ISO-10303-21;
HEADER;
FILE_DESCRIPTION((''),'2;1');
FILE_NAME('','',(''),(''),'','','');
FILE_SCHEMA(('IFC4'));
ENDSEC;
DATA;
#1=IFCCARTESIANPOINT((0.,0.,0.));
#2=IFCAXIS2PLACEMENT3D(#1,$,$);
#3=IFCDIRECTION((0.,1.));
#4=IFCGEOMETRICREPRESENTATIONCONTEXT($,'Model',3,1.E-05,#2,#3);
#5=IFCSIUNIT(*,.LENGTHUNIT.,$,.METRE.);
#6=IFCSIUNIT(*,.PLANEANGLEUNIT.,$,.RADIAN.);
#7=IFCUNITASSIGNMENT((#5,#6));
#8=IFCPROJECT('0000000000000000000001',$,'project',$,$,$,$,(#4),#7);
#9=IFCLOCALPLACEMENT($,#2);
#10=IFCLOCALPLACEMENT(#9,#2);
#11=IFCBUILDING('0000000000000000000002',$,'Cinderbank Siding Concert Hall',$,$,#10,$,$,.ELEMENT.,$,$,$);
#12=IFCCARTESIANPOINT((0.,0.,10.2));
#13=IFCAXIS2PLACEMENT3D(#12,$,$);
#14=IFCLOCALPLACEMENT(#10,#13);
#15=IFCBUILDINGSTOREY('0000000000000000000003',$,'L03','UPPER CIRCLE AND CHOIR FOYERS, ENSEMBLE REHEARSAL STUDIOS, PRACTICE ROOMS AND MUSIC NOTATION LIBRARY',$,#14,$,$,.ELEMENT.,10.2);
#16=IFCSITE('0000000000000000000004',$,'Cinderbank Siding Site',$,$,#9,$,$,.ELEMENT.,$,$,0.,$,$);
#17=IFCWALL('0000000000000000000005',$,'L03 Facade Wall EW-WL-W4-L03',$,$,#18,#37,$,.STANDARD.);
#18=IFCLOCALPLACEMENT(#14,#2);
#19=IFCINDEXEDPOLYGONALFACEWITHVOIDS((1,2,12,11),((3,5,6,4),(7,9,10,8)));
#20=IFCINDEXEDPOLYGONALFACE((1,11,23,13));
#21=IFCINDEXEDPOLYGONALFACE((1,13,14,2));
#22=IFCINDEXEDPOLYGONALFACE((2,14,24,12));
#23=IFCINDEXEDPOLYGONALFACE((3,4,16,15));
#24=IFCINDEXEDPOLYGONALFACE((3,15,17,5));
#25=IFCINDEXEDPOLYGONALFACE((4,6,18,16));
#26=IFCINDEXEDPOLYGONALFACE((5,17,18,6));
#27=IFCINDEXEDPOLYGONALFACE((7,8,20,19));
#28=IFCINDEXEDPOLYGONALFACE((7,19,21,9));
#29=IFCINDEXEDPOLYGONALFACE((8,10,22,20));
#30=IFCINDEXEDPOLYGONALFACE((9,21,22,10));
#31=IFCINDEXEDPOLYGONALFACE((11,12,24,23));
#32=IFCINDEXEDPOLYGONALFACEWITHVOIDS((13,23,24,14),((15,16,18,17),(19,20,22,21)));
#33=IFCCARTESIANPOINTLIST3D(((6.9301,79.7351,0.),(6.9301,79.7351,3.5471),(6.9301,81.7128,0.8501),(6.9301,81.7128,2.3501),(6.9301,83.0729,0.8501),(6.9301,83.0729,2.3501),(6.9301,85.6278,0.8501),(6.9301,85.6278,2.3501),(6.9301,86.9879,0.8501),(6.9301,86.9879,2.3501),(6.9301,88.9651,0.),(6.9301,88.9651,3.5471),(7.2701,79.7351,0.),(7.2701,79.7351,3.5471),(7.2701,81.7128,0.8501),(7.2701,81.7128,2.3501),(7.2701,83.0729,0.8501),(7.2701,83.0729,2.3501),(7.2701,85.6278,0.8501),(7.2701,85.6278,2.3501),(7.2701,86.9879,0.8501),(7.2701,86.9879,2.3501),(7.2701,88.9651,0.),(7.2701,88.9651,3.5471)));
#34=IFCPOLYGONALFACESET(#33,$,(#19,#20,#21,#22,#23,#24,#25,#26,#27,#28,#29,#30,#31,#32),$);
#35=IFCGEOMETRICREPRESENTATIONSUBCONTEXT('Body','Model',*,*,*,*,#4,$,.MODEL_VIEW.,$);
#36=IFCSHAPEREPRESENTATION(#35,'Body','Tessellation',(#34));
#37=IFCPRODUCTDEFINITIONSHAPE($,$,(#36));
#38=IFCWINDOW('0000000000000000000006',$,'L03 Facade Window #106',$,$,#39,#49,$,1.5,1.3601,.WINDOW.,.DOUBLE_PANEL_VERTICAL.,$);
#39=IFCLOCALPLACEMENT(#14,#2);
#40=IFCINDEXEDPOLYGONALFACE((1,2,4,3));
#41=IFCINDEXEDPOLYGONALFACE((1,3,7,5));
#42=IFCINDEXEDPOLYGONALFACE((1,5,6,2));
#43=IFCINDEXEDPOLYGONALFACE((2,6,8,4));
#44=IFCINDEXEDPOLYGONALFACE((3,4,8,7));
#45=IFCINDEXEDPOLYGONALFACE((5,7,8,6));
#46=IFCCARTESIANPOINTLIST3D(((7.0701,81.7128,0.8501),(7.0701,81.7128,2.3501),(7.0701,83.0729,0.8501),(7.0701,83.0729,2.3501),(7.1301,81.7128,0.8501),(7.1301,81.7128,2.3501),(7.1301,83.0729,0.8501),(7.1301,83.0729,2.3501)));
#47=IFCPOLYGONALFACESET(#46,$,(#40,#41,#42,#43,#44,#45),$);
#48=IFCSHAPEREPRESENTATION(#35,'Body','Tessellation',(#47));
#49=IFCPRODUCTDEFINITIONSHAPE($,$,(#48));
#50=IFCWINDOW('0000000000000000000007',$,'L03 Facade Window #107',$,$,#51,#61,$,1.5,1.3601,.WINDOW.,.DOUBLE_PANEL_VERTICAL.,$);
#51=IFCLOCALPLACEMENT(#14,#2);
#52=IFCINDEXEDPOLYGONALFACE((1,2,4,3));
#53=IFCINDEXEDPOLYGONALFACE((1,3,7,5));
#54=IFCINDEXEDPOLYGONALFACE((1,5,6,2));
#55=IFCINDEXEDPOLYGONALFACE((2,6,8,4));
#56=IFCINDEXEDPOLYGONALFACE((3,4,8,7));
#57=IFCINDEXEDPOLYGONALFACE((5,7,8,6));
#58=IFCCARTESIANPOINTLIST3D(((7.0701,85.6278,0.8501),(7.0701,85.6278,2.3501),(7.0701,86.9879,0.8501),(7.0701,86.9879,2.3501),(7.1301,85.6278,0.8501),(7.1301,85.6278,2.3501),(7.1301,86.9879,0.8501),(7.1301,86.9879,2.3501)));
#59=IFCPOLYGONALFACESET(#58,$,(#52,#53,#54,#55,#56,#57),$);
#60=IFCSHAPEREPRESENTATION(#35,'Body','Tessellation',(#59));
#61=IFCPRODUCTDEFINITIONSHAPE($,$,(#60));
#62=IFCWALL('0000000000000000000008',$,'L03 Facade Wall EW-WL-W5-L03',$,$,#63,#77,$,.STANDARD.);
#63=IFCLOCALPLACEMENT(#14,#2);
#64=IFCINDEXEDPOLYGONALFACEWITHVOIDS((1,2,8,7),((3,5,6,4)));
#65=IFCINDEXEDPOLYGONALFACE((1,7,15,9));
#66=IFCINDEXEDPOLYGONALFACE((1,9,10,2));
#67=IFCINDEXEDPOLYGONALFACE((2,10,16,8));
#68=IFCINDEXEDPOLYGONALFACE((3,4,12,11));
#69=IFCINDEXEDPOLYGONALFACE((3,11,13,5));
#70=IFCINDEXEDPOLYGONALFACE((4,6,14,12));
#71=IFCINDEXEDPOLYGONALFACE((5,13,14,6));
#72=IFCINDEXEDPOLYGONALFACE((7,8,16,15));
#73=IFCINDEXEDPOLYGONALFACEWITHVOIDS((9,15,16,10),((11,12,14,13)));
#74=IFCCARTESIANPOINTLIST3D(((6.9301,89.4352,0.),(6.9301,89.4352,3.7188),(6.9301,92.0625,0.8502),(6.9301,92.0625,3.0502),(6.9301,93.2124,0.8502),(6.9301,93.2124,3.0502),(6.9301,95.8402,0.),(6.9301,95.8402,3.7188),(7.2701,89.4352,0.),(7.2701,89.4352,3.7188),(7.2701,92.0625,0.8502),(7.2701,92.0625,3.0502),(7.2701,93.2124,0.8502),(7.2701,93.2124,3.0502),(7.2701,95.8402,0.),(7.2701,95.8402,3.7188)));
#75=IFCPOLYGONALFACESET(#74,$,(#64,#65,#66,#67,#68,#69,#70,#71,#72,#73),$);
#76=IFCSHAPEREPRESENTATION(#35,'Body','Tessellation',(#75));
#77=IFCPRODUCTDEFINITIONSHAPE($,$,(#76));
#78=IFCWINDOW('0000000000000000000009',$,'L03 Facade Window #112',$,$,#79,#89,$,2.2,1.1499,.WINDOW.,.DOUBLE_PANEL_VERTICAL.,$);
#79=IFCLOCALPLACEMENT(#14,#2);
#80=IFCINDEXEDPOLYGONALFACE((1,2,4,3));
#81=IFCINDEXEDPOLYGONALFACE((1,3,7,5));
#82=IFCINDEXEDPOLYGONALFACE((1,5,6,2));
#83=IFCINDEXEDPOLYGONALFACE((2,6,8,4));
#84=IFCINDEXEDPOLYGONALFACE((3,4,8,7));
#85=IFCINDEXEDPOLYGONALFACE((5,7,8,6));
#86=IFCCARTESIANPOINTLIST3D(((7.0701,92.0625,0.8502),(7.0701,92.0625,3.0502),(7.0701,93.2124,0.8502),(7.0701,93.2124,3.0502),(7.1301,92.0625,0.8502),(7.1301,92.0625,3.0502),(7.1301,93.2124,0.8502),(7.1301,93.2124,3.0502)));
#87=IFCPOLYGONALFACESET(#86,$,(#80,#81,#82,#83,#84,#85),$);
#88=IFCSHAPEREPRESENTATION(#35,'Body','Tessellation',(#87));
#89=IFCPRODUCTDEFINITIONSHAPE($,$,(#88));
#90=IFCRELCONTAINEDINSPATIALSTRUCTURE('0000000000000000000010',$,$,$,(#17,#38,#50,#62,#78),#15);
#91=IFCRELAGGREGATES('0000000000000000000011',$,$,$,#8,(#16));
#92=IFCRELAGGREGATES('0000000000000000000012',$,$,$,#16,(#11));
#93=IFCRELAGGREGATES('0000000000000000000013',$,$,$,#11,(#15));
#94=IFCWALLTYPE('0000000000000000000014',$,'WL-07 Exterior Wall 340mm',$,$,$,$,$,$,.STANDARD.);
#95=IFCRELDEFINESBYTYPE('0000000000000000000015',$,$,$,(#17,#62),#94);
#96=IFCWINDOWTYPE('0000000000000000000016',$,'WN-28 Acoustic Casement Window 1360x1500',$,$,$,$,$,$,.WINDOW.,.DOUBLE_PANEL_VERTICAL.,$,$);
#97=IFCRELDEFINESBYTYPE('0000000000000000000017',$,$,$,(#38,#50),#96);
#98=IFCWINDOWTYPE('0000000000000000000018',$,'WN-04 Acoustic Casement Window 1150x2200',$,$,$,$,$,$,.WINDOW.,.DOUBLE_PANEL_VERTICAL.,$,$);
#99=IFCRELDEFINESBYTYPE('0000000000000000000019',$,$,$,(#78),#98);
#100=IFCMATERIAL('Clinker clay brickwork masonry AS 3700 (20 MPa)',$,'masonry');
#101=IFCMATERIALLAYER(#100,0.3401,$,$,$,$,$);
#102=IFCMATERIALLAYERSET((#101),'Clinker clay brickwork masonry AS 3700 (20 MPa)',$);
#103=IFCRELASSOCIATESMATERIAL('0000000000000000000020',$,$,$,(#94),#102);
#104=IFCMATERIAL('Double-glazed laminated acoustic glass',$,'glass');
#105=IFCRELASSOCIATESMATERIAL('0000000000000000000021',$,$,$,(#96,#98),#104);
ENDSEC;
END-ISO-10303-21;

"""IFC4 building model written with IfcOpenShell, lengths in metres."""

from ifc_helpers import new_model, si_unit, direction, frame, frame_2d, origin, place, context, subcontext, project, spatial, rectangle, extrude, material, layer, layer_set, type_object, element, fill, save


model = new_model("IFC4")

# Units and contexts
model_context = context("Model", 3, precision=1e-05, world=origin(), true_north=direction((0.0, 1.0)))
body_context = subcontext(model_context, "Body", "Model", "MODEL_VIEW")
ifc_project = project(units=[si_unit("LENGTHUNIT", "METRE"), si_unit("PLANEANGLEUNIT", "RADIAN")], contexts=[model_context])

# Site, building, storey
site_placement = place(None, origin())
site = spatial("IfcSite", under=ifc_project, at=site_placement, Name="Cinderbank Siding Site", CompositionType="ELEMENT", RefElevation=0.0)
building_placement = place(site_placement, origin())
building = spatial("IfcBuilding", under=site, at=building_placement, Name="Cinderbank Siding Concert Hall", CompositionType="ELEMENT")
storey_placement = place(building_placement, frame((0.0, 0.0, 10.2)))
storey = spatial("IfcBuildingStorey", under=building, at=storey_placement, Name="L03", Description="UPPER CIRCLE AND CHOIR FOYERS, ENSEMBLE REHEARSAL STUDIOS, PRACTICE ROOMS AND MUSIC NOTATION LIBRARY", CompositionType="ELEMENT", Elevation=10.2)

# Shared definitions
ifc_material_1 = material(Name="Clinker clay brickwork masonry AS 3700 (20 MPa)", Category="masonry")
ifc_layer_1 = layer(ifc_material_1, 0.3401)
ifc_layer_set_1 = layer_set([ifc_layer_1], Name="Clinker clay brickwork masonry AS 3700 (20 MPa)")
wall_type_1 = type_object("IfcWallType", Name="WL-07 Exterior Wall 340mm", PredefinedType="STANDARD", material=ifc_layer_set_1)
ifc_material_2 = material(Name="Double-glazed laminated acoustic glass", Category="glass")

# Wall, openings, windows
wall_1_placement = place(storey_placement, frame((7.1001, 79.7351, 0.0), z_axis=(0.0, 0.0, 1.0), x_axis=(0.0, 1.0, 0.0)))
wall_1 = element("IfcWall", 1, at=wall_1_placement, inside=storey, type_object=wall_type_1, Name="L03 Facade Wall EW-WL-W4-L03", PredefinedType="STANDARD", context=body_context, shape_type="SweptSolid", body=[
    extrude(rectangle(XDim=9.23, YDim=0.3401, at=frame_2d((4.615, 0.0))), origin(), (0.0, 0.0, 1.0), 3.5471),
])
opening_1_placement = place(wall_1_placement, frame((1.9775, 0.0, 0.8501)))
opening_1 = element("IfcOpeningElement", 2, at=opening_1_placement, cuts=wall_1, PredefinedType="OPENING", context=body_context, shape_type="SweptSolid", body=[
    extrude(rectangle(XDim=1.3601, YDim=1.5, at=frame_2d((0.6802, 0.75))), frame((0.0, 0.1821, 0.0), z_axis=(0.0, -1.0, 0.0), x_axis=(1.0, 0.0, 0.0)), (0.0, 0.0, 1.0), 0.364),
])
opening_2_placement = place(wall_1_placement, frame((5.8926, 0.0, 0.8501)))
opening_2 = element("IfcOpeningElement", 3, at=opening_2_placement, cuts=wall_1, PredefinedType="OPENING", context=body_context, shape_type="SweptSolid", body=[
    extrude(rectangle(XDim=1.3601, YDim=1.5, at=frame_2d((0.6802, 0.75))), frame((0.0, 0.1821, 0.0), z_axis=(0.0, -1.0, 0.0), x_axis=(1.0, 0.0, 0.0)), (0.0, 0.0, 1.0), 0.364),
])
window_type_1 = type_object("IfcWindowType", Name="WN-28 Acoustic Casement Window 1360x1500", PartitioningType="DOUBLE_PANEL_VERTICAL", PredefinedType="WINDOW", material=ifc_material_2)
window_1_placement = place(opening_1_placement, origin())
window_1 = element("IfcWindow", 4, at=window_1_placement, inside=storey, type_object=window_type_1, Name="L03 Facade Window #106", OverallHeight=1.5, OverallWidth=1.3601, PartitioningType="DOUBLE_PANEL_VERTICAL", PredefinedType="WINDOW", context=body_context, shape_type="SweptSolid", body=[
    extrude(rectangle(XDim=1.3601, YDim=1.5, at=frame_2d((0.6802, 0.75))), frame((0.0, 0.03, 0.0), z_axis=(0.0, -1.0, 0.0), x_axis=(1.0, 0.0, 0.0)), (0.0, 0.0, 1.0), 0.0601),
])
fill(opening_1, window_1)
window_2_placement = place(opening_2_placement, origin())
window_2 = element("IfcWindow", 5, at=window_2_placement, inside=storey, type_object=window_type_1, Name="L03 Facade Window #107", OverallHeight=1.5, OverallWidth=1.3601, PartitioningType="DOUBLE_PANEL_VERTICAL", PredefinedType="WINDOW", context=body_context, shape_type="SweptSolid", body=[
    extrude(rectangle(XDim=1.3601, YDim=1.5, at=frame_2d((0.6802, 0.75))), frame((0.0, 0.03, 0.0), z_axis=(0.0, -1.0, 0.0), x_axis=(1.0, 0.0, 0.0)), (0.0, 0.0, 1.0), 0.0601),
])
fill(opening_2, window_2)

# Wall, opening, window
wall_2_placement = place(storey_placement, frame((7.1001, 89.4351, 0.0), z_axis=(0.0, 0.0, 1.0), x_axis=(0.0, 1.0, 0.0)))
wall_2 = element("IfcWall", 6, at=wall_2_placement, inside=storey, type_object=wall_type_1, Name="L03 Facade Wall EW-WL-W5-L03", PredefinedType="STANDARD", context=body_context, shape_type="SweptSolid", body=[
    extrude(rectangle(XDim=6.405, YDim=0.3401, at=frame_2d((3.2026, 0.0))), origin(), (0.0, 0.0, 1.0), 3.7188),
])
opening_3_placement = place(wall_2_placement, frame((2.6274, 0.0, 0.8501)))
opening_3 = element("IfcOpeningElement", 7, at=opening_3_placement, cuts=wall_2, PredefinedType="OPENING", context=body_context, shape_type="SweptSolid", body=[
    extrude(rectangle(XDim=1.1499, YDim=2.2, at=frame_2d((0.575, 1.1001))), frame((0.0, 0.1821, 0.0), z_axis=(0.0, -1.0, 0.0), x_axis=(1.0, 0.0, 0.0)), (0.0, 0.0, 1.0), 0.364),
])
window_type_2 = type_object("IfcWindowType", Name="WN-04 Acoustic Casement Window 1150x2200", PartitioningType="DOUBLE_PANEL_VERTICAL", PredefinedType="WINDOW", material=ifc_material_2)
window_3_placement = place(opening_3_placement, origin())
window_3 = element("IfcWindow", 8, at=window_3_placement, inside=storey, type_object=window_type_2, Name="L03 Facade Window #112", OverallHeight=2.2, OverallWidth=1.1499, PartitioningType="DOUBLE_PANEL_VERTICAL", PredefinedType="WINDOW", context=body_context, shape_type="SweptSolid", body=[
    extrude(rectangle(XDim=1.1499, YDim=2.2, at=frame_2d((0.575, 1.1001))), frame((0.0, 0.03, 0.0), z_axis=(0.0, -1.0, 0.0), x_axis=(1.0, 0.0, 0.0)), (0.0, 0.0, 1.0), 0.0601),
])
fill(opening_3, window_3)

save(model, "model.ifc")
